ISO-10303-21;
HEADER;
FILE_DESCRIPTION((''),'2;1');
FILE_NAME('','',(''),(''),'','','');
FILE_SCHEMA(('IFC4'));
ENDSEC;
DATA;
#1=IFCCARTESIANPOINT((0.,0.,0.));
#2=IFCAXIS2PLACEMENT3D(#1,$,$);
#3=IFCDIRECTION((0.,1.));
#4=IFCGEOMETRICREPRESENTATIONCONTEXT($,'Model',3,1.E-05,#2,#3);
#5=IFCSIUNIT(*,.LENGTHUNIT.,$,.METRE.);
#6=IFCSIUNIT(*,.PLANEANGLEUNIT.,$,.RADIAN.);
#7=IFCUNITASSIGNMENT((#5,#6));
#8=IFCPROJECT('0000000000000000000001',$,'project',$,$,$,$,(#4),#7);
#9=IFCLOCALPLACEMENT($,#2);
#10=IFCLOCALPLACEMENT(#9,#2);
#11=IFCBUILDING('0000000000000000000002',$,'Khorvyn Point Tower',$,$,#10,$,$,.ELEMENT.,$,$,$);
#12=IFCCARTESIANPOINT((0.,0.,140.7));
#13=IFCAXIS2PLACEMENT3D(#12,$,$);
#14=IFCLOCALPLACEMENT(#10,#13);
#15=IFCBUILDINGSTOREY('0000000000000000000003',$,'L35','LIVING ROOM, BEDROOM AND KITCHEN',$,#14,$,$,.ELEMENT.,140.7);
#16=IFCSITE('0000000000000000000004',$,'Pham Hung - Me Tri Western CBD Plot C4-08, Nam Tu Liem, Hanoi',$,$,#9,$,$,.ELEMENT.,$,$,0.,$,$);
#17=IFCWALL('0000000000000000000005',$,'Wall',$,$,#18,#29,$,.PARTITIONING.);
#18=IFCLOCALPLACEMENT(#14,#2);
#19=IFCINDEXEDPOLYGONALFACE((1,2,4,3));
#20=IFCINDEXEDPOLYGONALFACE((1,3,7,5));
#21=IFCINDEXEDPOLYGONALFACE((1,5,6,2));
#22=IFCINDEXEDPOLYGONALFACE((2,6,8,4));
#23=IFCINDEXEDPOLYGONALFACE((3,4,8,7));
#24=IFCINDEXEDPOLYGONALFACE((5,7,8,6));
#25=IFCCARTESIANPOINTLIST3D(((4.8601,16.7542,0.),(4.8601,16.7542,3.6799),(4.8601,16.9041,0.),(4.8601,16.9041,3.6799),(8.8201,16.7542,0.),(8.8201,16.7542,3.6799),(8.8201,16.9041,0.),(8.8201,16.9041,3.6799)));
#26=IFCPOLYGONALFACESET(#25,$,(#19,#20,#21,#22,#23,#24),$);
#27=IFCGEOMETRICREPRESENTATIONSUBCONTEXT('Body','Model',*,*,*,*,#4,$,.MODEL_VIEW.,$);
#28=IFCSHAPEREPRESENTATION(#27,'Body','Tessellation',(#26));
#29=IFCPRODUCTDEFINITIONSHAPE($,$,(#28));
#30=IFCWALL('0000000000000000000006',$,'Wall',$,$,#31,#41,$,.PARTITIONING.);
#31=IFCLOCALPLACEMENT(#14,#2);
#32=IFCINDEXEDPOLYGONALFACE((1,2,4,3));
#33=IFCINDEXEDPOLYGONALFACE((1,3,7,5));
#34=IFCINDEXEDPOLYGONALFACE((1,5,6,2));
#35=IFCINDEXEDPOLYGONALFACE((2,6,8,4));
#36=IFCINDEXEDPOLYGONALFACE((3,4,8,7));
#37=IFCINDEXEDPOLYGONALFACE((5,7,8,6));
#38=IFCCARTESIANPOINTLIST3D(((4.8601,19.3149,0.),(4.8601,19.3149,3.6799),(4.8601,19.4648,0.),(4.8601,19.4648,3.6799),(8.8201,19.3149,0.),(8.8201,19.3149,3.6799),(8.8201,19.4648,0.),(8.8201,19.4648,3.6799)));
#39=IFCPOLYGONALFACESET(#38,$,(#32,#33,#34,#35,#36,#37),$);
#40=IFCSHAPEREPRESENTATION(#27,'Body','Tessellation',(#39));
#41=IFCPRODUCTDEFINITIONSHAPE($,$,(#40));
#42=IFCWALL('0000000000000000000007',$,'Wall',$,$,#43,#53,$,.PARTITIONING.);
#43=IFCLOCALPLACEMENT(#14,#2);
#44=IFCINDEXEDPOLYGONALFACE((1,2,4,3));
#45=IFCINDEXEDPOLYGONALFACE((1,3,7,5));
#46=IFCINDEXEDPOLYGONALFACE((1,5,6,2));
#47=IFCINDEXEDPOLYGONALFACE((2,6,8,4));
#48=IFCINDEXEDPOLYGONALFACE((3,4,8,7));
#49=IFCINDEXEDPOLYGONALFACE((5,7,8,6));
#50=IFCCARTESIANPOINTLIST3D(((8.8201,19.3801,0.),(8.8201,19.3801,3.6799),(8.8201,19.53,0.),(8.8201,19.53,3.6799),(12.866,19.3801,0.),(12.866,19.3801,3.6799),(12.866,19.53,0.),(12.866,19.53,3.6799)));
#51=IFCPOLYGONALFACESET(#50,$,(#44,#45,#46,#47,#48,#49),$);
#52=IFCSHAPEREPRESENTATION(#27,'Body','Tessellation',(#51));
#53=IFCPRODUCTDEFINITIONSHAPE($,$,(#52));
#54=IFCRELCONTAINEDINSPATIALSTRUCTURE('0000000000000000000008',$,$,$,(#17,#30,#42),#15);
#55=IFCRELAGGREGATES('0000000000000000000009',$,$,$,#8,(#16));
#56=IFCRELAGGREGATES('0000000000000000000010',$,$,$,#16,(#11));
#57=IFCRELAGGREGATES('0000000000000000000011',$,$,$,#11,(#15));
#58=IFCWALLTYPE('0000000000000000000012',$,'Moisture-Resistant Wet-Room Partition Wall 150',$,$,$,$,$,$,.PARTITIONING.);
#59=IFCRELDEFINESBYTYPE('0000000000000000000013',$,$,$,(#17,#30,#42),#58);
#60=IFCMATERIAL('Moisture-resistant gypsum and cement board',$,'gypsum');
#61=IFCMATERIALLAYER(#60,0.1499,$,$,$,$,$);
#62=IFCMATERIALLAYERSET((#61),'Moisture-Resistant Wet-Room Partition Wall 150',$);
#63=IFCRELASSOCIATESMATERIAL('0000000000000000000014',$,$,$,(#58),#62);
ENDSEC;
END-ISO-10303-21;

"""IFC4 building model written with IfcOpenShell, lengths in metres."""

from ifc_helpers import new_model, si_unit, direction, frame, frame_2d, origin, place, context, subcontext, project, spatial, rectangle, extrude, material, layer, layer_set, type_object, element, save


model = new_model("IFC4")

# Units and contexts
model_context = context("Model", 3, precision=1e-05, world=origin(), true_north=direction((0.0, 1.0)))
body_context = subcontext(model_context, "Body", "Model", "MODEL_VIEW")
ifc_project = project(units=[si_unit("LENGTHUNIT", "METRE"), si_unit("PLANEANGLEUNIT", "RADIAN")], contexts=[model_context])

# Site, building, storey
site_placement = place(None, origin())
site = spatial("IfcSite", under=ifc_project, at=site_placement, Name="Pham Hung - Me Tri Western CBD Plot C4-08, Nam Tu Liem, Hanoi", CompositionType="ELEMENT", RefElevation=0.0)
building_placement = place(site_placement, origin())
building = spatial("IfcBuilding", under=site, at=building_placement, Name="Khorvyn Point Tower", CompositionType="ELEMENT")
storey_placement = place(building_placement, frame((0.0, 0.0, 140.7)))
storey = spatial("IfcBuildingStorey", under=building, at=storey_placement, Name="L35", Description="LIVING ROOM, BEDROOM AND KITCHEN", CompositionType="ELEMENT", Elevation=140.7)

# Shared definitions
ifc_material_1 = material(Name="Moisture-resistant gypsum and cement board", Category="gypsum")
ifc_layer_1 = layer(ifc_material_1, 0.1499)
ifc_layer_set_1 = layer_set([ifc_layer_1], Name="Moisture-Resistant Wet-Room Partition Wall 150")
wall_type_1 = type_object("IfcWallType", Name="Moisture-Resistant Wet-Room Partition Wall 150", PredefinedType="PARTITIONING", material=ifc_layer_set_1)

# Walls
for number, where, z_axis, x_axis, name in (
    (1, (4.8601, 16.8291, 0.0), (0.0, 0.0, 1.0), (1.0, 0.0, 0.0), "Wall"),
    (2, (4.8601, 19.3899, 0.0), (0.0, 0.0, 1.0), (1.0, 0.0, 0.0), "Wall"),
):
    element("IfcWall", number, at=place(storey_placement, frame(where, z_axis=z_axis, x_axis=x_axis)), inside=storey, type_object=wall_type_1, Name=name, PredefinedType="PARTITIONING", context=body_context, shape_type="SweptSolid", body=[
        extrude(rectangle(XDim=3.96, YDim=0.1499, at=frame_2d((1.98, 0.0))), origin(), (0.0, 0.0, 1.0), 3.6799),
    ])
wall_1_placement = place(storey_placement, frame((8.8201, 19.4551, 0.0), z_axis=(0.0, 0.0, 1.0), x_axis=(1.0, 0.0, 0.0)))
element("IfcWall", 3, at=wall_1_placement, inside=storey, type_object=wall_type_1, Name="Wall", PredefinedType="PARTITIONING", context=body_context, shape_type="SweptSolid", body=[
    extrude(rectangle(XDim=4.0459, YDim=0.1499, at=frame_2d((2.0229, 0.0))), origin(), (0.0, 0.0, 1.0), 3.6799),
])

save(model, "model.ifc")
